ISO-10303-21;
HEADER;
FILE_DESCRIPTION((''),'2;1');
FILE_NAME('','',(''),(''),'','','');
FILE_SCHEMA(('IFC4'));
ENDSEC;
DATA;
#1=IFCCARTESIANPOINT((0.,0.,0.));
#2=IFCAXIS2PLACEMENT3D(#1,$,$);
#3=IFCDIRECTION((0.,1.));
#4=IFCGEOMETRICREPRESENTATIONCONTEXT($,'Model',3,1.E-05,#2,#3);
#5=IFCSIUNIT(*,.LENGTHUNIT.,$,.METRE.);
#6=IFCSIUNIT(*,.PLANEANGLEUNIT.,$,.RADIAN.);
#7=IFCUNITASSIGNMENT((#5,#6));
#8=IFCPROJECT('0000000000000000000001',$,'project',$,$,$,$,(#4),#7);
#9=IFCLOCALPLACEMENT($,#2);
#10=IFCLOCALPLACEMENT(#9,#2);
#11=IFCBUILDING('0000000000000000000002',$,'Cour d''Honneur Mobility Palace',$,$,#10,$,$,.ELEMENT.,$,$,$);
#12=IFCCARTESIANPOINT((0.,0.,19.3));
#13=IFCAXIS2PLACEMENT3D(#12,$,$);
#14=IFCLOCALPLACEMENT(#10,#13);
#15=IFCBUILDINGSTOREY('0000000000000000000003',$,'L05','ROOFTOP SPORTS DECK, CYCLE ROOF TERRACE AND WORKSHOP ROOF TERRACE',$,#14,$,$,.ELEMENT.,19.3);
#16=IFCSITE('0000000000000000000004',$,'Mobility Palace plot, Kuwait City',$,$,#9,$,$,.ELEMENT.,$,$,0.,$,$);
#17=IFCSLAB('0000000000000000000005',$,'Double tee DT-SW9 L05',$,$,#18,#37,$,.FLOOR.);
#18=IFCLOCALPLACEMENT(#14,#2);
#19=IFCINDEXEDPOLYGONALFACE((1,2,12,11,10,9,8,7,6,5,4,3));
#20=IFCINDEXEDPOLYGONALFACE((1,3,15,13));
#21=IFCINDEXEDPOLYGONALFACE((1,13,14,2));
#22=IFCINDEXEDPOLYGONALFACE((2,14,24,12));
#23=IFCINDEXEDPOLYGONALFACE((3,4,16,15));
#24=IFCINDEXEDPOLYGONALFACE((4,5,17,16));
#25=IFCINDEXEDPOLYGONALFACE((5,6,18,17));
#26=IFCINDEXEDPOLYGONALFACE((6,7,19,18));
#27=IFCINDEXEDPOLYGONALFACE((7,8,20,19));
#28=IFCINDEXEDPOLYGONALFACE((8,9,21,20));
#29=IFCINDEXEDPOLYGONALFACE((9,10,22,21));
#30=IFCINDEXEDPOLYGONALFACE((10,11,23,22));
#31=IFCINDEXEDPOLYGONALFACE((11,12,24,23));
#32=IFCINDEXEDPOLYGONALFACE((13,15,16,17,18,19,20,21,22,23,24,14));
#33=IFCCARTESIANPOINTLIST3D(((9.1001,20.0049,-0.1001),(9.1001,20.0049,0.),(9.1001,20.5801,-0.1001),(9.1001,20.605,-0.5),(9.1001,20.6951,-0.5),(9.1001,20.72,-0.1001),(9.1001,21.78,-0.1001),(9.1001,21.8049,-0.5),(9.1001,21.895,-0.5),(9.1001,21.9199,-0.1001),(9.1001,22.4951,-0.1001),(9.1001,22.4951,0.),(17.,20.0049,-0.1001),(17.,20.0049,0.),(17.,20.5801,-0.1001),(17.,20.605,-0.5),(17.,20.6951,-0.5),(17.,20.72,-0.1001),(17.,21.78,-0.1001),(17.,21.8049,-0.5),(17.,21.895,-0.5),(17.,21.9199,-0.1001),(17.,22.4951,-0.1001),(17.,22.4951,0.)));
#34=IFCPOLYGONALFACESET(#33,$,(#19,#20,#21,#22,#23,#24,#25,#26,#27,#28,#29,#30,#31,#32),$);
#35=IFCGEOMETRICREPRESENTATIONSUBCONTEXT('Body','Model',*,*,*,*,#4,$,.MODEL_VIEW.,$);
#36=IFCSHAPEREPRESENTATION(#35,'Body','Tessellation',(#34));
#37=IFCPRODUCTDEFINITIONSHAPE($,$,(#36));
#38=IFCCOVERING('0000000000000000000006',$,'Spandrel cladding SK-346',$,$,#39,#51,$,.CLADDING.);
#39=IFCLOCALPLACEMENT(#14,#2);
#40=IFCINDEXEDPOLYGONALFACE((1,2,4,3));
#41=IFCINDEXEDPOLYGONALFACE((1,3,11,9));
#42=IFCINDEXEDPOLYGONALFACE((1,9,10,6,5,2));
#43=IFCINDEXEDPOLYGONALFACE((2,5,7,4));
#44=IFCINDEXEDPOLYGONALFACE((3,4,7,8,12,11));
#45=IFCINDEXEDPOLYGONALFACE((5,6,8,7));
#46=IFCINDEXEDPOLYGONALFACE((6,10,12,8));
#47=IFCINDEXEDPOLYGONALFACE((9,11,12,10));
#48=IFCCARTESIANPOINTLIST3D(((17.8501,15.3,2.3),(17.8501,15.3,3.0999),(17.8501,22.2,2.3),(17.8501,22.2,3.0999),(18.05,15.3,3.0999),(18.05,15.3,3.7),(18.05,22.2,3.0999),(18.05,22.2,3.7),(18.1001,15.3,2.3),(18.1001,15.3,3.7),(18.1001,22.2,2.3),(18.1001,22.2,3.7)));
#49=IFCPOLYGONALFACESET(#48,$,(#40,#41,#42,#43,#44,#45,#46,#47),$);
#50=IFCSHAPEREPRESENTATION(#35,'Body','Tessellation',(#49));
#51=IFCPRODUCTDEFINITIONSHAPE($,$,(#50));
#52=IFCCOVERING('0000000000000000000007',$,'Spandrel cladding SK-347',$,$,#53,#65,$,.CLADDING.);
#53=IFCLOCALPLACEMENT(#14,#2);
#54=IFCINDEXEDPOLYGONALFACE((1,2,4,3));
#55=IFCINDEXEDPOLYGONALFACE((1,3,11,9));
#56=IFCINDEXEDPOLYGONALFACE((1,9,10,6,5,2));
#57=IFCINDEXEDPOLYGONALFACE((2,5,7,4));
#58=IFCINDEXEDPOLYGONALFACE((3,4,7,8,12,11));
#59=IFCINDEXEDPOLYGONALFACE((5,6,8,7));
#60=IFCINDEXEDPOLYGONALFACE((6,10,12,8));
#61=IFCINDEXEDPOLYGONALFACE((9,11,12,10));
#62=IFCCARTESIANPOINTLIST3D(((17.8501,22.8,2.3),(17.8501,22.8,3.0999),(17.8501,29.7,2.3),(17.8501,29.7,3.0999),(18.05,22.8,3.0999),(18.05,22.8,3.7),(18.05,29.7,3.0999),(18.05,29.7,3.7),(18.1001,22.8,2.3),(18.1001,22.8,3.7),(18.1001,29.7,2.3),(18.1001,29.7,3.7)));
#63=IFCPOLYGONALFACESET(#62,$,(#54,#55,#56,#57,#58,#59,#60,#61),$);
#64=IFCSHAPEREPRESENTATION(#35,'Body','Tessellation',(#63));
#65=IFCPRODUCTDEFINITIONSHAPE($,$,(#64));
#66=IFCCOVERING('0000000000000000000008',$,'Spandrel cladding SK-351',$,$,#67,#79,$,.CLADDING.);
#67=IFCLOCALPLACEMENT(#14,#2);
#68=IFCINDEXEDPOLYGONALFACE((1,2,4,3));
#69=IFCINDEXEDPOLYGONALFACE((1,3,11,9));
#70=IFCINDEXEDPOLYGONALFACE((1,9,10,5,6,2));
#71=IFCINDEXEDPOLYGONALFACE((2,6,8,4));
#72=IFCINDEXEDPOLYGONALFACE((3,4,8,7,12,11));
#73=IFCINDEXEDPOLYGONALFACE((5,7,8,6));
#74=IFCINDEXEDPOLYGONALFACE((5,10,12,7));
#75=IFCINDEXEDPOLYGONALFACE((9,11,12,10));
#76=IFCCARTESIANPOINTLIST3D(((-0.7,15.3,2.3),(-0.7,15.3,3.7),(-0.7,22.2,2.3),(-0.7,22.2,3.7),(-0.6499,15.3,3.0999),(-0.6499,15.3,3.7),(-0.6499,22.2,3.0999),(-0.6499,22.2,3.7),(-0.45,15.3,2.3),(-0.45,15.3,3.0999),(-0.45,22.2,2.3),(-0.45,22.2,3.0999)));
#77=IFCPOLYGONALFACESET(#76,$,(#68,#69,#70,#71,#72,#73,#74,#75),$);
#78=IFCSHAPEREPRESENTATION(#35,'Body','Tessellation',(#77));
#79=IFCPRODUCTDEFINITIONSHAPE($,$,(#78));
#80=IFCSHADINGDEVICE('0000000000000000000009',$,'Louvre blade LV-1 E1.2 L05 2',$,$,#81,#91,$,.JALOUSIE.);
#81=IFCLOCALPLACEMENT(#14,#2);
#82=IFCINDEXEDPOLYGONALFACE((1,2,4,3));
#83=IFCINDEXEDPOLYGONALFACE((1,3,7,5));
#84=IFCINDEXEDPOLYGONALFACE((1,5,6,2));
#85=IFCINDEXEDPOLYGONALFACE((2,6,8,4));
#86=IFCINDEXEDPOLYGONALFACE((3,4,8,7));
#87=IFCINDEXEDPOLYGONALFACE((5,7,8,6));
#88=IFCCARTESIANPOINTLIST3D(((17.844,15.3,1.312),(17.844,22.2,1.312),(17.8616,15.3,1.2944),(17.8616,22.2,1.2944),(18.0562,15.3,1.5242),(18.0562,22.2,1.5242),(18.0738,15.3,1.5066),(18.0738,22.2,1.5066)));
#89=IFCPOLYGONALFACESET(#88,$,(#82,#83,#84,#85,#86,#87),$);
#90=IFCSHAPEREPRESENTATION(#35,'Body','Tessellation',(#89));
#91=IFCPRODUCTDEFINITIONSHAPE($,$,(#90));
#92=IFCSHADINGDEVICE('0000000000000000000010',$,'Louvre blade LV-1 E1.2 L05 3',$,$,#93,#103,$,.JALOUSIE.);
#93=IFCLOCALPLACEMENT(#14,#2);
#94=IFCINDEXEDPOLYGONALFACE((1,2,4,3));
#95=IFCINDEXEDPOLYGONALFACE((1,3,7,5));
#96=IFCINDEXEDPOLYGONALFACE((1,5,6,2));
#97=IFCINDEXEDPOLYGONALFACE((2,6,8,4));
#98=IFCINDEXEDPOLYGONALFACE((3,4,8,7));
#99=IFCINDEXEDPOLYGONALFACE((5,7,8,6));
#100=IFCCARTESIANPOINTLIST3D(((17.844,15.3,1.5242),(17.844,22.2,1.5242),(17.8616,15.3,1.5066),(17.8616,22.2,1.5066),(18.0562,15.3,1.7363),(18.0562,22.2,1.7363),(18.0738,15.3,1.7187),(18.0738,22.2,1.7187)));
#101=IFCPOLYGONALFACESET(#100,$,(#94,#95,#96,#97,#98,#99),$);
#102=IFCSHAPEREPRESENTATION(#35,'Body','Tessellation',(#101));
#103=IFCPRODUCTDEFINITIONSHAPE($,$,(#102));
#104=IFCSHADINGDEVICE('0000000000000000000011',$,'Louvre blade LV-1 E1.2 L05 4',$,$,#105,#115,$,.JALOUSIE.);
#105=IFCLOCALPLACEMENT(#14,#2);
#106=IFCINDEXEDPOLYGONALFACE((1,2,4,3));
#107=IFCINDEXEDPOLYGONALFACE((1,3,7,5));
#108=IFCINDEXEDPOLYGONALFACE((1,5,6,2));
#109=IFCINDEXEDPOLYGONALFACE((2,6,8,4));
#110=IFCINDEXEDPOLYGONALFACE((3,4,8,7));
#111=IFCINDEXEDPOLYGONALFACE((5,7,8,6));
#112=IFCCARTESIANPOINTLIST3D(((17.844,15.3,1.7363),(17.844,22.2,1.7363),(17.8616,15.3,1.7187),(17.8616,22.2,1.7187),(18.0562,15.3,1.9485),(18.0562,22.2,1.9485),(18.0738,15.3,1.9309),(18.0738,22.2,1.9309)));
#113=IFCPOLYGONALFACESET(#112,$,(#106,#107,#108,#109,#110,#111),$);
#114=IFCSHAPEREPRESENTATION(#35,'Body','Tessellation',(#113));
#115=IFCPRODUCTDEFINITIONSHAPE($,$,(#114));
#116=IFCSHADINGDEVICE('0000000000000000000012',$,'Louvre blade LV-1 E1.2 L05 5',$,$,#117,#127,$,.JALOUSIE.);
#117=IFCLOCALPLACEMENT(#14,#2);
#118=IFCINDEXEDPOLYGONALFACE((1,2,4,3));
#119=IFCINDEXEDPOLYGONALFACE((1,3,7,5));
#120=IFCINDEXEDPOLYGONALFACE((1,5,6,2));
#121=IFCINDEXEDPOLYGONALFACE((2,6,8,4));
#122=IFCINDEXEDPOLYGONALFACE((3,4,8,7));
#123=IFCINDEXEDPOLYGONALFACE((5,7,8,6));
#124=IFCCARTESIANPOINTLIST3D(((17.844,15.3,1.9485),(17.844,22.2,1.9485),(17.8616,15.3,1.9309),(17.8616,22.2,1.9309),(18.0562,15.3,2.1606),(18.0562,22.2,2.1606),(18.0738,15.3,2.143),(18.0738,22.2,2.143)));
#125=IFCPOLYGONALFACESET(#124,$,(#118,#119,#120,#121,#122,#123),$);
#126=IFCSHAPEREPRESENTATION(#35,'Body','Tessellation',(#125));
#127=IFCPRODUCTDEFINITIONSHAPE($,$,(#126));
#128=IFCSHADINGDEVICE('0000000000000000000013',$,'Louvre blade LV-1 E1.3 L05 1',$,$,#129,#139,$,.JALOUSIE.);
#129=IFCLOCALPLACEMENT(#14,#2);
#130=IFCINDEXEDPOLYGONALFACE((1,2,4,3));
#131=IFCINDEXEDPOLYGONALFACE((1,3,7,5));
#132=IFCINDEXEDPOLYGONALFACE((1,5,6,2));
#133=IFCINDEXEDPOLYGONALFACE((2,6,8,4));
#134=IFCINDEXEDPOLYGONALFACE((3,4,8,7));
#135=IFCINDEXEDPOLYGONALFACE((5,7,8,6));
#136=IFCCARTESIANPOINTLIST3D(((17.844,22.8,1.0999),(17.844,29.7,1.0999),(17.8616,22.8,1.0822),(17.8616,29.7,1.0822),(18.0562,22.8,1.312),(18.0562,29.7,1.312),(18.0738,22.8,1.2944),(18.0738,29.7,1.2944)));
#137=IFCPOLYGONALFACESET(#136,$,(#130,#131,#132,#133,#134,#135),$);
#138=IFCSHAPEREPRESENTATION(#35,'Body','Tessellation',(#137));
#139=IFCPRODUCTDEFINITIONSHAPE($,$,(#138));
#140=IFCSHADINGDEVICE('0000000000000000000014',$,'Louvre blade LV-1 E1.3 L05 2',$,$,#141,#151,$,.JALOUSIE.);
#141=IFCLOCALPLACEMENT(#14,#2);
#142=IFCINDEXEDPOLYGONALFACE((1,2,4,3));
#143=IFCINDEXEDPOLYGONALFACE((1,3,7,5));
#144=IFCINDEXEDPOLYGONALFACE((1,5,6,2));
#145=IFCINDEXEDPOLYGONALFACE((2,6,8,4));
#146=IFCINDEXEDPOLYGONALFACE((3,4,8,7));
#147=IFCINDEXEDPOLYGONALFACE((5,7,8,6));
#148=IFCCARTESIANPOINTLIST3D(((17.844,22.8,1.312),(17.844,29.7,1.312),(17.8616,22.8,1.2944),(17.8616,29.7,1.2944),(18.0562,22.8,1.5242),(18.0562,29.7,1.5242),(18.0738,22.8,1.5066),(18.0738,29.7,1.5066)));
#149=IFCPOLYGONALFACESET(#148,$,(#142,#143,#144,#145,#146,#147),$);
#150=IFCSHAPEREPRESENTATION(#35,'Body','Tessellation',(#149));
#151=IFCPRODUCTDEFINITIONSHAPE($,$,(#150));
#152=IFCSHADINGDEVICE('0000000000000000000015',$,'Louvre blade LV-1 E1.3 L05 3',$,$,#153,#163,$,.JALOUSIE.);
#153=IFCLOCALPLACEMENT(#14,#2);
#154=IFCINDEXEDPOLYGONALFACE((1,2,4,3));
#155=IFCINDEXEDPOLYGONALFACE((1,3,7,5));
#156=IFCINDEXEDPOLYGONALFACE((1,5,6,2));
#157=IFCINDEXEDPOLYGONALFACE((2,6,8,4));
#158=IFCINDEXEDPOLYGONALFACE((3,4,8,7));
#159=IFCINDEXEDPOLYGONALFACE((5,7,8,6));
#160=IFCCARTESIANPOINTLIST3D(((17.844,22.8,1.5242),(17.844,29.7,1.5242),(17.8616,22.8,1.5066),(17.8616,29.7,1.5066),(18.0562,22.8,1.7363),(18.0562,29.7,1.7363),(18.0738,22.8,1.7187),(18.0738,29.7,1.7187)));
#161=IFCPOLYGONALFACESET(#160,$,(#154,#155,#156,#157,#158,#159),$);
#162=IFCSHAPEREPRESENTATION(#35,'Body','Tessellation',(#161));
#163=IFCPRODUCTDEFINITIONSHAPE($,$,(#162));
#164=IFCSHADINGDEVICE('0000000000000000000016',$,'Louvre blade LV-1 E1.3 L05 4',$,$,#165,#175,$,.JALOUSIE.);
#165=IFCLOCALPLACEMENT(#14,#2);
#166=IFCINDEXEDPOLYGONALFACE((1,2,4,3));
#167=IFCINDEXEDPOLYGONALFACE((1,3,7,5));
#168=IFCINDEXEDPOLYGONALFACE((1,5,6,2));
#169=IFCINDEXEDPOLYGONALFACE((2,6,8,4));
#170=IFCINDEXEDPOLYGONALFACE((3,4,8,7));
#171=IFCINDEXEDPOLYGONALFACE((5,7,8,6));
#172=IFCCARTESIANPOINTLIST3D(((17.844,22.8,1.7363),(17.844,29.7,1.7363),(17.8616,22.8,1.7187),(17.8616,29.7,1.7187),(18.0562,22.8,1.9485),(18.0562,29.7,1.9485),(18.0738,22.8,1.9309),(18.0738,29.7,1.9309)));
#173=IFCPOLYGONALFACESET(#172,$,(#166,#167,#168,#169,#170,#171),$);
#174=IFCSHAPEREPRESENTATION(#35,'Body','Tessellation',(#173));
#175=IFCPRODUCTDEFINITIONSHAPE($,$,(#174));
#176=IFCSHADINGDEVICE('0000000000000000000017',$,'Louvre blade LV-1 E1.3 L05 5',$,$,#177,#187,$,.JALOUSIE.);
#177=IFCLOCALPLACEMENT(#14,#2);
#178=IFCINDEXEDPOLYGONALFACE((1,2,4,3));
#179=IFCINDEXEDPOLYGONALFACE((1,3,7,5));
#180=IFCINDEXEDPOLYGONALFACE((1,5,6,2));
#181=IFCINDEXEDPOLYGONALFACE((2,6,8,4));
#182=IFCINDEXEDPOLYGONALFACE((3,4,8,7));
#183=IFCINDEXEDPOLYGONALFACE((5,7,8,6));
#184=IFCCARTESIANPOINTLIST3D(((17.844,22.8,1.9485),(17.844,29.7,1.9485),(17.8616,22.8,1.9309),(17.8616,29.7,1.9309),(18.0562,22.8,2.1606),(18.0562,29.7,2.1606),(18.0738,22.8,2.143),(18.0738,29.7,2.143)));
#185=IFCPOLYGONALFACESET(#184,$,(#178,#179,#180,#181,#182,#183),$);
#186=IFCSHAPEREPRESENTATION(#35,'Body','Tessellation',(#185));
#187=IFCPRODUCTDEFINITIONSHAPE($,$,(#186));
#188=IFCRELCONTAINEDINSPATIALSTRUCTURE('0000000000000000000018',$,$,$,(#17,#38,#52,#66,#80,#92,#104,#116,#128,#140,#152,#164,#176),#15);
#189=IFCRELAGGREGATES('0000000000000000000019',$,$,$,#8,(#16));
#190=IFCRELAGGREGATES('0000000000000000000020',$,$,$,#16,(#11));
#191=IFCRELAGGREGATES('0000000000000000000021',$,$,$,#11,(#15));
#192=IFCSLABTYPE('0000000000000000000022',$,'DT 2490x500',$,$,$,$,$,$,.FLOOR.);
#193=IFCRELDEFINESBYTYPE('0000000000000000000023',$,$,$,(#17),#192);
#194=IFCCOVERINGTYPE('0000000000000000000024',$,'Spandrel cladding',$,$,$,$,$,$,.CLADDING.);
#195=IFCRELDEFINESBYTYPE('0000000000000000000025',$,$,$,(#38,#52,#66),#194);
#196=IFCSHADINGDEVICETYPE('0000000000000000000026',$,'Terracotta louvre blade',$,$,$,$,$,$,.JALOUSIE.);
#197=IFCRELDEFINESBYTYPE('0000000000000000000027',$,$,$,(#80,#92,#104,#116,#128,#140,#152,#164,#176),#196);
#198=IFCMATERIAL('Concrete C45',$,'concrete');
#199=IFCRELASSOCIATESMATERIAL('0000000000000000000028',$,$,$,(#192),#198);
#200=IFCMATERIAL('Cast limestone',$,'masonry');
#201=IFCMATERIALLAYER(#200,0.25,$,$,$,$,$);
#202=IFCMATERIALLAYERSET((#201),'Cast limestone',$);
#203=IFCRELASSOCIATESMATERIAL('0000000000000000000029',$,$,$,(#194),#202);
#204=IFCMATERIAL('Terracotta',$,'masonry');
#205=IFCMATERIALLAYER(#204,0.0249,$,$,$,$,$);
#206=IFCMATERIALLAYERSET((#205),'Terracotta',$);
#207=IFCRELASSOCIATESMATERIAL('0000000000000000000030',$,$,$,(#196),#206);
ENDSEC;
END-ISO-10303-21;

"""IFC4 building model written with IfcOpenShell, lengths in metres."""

from ifc_helpers import new_model, si_unit, direction, frame, origin, place, context, subcontext, project, spatial, polyline, outline, extrude, material, layer, layer_set, material_profile, profile_set, type_object, element, save


model = new_model("IFC4")

# Units and contexts
model_context = context("Model", 3, precision=1e-05, world=origin(), true_north=direction((0.0, 1.0)))
body_context = subcontext(model_context, "Body", "Model", "MODEL_VIEW")
ifc_project = project(units=[si_unit("LENGTHUNIT", "METRE"), si_unit("PLANEANGLEUNIT", "RADIAN")], contexts=[model_context])

# Site, building, storey
site_placement = place(None, origin())
site = spatial("IfcSite", under=ifc_project, at=site_placement, Name="Mobility Palace plot, Kuwait City", CompositionType="ELEMENT", RefElevation=0.0)
building_placement = place(site_placement, origin())
building = spatial("IfcBuilding", under=site, at=building_placement, Name="Cour d'Honneur Mobility Palace", CompositionType="ELEMENT")
storey_placement = place(building_placement, frame((0.0, 0.0, 19.3)))
storey = spatial("IfcBuildingStorey", under=building, at=storey_placement, Name="L05", Description="ROOFTOP SPORTS DECK, CYCLE ROOF TERRACE AND WORKSHOP ROOF TERRACE", CompositionType="ELEMENT", Elevation=19.3)

# Slab
ifc_material_1 = material(Name="Concrete C45", Category="concrete")
ifc_material_profile_1 = material_profile(ifc_material_1, outline(polyline([(-1.2451, 0.0), (1.2451, 0.0), (1.2451, -0.1001), (0.6699, -0.1001), (0.645, -0.5), (0.5549, -0.5), (0.53, -0.1001), (-0.53, -0.1001), (-0.5549, -0.5), (-0.645, -0.5), (-0.6699, -0.1001), (-1.2451, -0.1001), (-1.2451, 0.0)])), Name="DT 2490x500")
ifc_profile_set_1 = profile_set([ifc_material_profile_1], Name="Concrete C45")
slab_type = type_object("IfcSlabType", Name="DT 2490x500", PredefinedType="FLOOR", material=ifc_profile_set_1)
slab_1_placement = place(storey_placement, frame((9.1001, 21.25, 0.0), z_axis=(1.0, 0.0, 0.0), x_axis=(0.0, 1.0, 0.0)))
element("IfcSlab", 1, at=slab_1_placement, inside=storey, type_object=slab_type, Name="Double tee DT-SW9 L05", PredefinedType="FLOOR", context=body_context, shape_type="SweptSolid", body=[
    extrude(outline(polyline([(-1.2451, 0.0), (1.2451, 0.0), (1.2451, -0.1001), (0.6699, -0.1001), (0.645, -0.5), (0.5549, -0.5), (0.53, -0.1001), (-0.53, -0.1001), (-0.5549, -0.5), (-0.645, -0.5), (-0.6699, -0.1001), (-1.2451, -0.1001), (-1.2451, 0.0)])), origin(), (0.0, 0.0, 1.0), 7.8999),
])

# Coverings
ifc_material_2 = material(Name="Cast limestone", Category="masonry")
ifc_layer_1 = layer(ifc_material_2, 0.25)
ifc_layer_set_1 = layer_set([ifc_layer_1], Name="Cast limestone")
covering_type = type_object("IfcCoveringType", Name="Spandrel cladding", PredefinedType="CLADDING", material=ifc_layer_set_1)
for number, where, z_axis, x_axis, name in (
    (2, (17.8501, 15.3, 2.3), (0.0, -1.0, 0.0), (1.0, 0.0, 0.0), "Spandrel cladding SK-346"),
    (3, (17.8501, 22.8, 2.3), (0.0, -1.0, 0.0), (1.0, 0.0, 0.0), "Spandrel cladding SK-347"),
    (4, (-0.45, 22.2, 2.3), (0.0, 1.0, 0.0), (-1.0, 0.0, 0.0), "Spandrel cladding SK-351"),
):
    element("IfcCovering", number, at=place(storey_placement, frame(where, z_axis=z_axis, x_axis=x_axis)), inside=storey, type_object=covering_type, Name=name, PredefinedType="CLADDING", context=body_context, shape_type="SweptSolid", body=[
        extrude(outline(polyline([(0.0, 0.0), (0.25, 0.0), (0.25, 1.3999), (0.2, 1.3999), (0.2, 0.7998), (0.0, 0.7998), (0.0, 0.0)])), origin(), (0.0, 0.0, -1.0), 6.8999),
    ])

# Shading devices
ifc_material_3 = material(Name="Terracotta", Category="masonry")
ifc_layer_2 = layer(ifc_material_3, 0.0249)
ifc_layer_set_2 = layer_set([ifc_layer_2], Name="Terracotta")
shading_device_type = type_object("IfcShadingDeviceType", Name="Terracotta louvre blade", PredefinedType="JALOUSIE", material=ifc_layer_set_2)
for number, where, z_axis, x_axis, name in (
    (5, (17.844, 15.3, 1.312), (-0.707107, 0.0, 0.707107), (0.0, 1.0, 0.0), "Louvre blade LV-1 E1.2 L05 2"),
    (6, (17.844, 15.3, 1.5242), (-0.707107, 0.0, 0.707107), (0.0, 1.0, 0.0), "Louvre blade LV-1 E1.2 L05 3"),
    (7, (17.844, 15.3, 1.7363), (-0.707107, 0.0, 0.707107), (0.0, 1.0, 0.0), "Louvre blade LV-1 E1.2 L05 4"),
    (8, (17.844, 15.3, 1.9485), (-0.707107, 0.0, 0.707107), (0.0, 1.0, 0.0), "Louvre blade LV-1 E1.2 L05 5"),
    (9, (17.844, 22.8, 1.0999), (-0.707107, 0.0, 0.707107), (0.0, 1.0, 0.0), "Louvre blade LV-1 E1.3 L05 1"),
    (10, (17.844, 22.8, 1.312), (-0.707107, 0.0, 0.707107), (0.0, 1.0, 0.0), "Louvre blade LV-1 E1.3 L05 2"),
    (11, (17.844, 22.8, 1.5242), (-0.707107, 0.0, 0.707107), (0.0, 1.0, 0.0), "Louvre blade LV-1 E1.3 L05 3"),
    (12, (17.844, 22.8, 1.7363), (-0.707107, 0.0, 0.707107), (0.0, 1.0, 0.0), "Louvre blade LV-1 E1.3 L05 4"),
    (13, (17.844, 22.8, 1.9485), (-0.707107, 0.0, 0.707107), (0.0, 1.0, 0.0), "Louvre blade LV-1 E1.3 L05 5"),
):
    element("IfcShadingDevice", number, at=place(storey_placement, frame(where, z_axis=z_axis, x_axis=x_axis)), inside=storey, type_object=shading_device_type, Name=name, PredefinedType="JALOUSIE", context=body_context, shape_type="SweptSolid", body=[
        extrude(outline(polyline([(0.0, 0.0), (6.8999, 0.0), (6.8999, -0.3), (0.0, -0.3), (0.0, 0.0)])), origin(), (0.0, 0.0, -1.0), 0.0249),
    ])

save(model, "model.ifc")
